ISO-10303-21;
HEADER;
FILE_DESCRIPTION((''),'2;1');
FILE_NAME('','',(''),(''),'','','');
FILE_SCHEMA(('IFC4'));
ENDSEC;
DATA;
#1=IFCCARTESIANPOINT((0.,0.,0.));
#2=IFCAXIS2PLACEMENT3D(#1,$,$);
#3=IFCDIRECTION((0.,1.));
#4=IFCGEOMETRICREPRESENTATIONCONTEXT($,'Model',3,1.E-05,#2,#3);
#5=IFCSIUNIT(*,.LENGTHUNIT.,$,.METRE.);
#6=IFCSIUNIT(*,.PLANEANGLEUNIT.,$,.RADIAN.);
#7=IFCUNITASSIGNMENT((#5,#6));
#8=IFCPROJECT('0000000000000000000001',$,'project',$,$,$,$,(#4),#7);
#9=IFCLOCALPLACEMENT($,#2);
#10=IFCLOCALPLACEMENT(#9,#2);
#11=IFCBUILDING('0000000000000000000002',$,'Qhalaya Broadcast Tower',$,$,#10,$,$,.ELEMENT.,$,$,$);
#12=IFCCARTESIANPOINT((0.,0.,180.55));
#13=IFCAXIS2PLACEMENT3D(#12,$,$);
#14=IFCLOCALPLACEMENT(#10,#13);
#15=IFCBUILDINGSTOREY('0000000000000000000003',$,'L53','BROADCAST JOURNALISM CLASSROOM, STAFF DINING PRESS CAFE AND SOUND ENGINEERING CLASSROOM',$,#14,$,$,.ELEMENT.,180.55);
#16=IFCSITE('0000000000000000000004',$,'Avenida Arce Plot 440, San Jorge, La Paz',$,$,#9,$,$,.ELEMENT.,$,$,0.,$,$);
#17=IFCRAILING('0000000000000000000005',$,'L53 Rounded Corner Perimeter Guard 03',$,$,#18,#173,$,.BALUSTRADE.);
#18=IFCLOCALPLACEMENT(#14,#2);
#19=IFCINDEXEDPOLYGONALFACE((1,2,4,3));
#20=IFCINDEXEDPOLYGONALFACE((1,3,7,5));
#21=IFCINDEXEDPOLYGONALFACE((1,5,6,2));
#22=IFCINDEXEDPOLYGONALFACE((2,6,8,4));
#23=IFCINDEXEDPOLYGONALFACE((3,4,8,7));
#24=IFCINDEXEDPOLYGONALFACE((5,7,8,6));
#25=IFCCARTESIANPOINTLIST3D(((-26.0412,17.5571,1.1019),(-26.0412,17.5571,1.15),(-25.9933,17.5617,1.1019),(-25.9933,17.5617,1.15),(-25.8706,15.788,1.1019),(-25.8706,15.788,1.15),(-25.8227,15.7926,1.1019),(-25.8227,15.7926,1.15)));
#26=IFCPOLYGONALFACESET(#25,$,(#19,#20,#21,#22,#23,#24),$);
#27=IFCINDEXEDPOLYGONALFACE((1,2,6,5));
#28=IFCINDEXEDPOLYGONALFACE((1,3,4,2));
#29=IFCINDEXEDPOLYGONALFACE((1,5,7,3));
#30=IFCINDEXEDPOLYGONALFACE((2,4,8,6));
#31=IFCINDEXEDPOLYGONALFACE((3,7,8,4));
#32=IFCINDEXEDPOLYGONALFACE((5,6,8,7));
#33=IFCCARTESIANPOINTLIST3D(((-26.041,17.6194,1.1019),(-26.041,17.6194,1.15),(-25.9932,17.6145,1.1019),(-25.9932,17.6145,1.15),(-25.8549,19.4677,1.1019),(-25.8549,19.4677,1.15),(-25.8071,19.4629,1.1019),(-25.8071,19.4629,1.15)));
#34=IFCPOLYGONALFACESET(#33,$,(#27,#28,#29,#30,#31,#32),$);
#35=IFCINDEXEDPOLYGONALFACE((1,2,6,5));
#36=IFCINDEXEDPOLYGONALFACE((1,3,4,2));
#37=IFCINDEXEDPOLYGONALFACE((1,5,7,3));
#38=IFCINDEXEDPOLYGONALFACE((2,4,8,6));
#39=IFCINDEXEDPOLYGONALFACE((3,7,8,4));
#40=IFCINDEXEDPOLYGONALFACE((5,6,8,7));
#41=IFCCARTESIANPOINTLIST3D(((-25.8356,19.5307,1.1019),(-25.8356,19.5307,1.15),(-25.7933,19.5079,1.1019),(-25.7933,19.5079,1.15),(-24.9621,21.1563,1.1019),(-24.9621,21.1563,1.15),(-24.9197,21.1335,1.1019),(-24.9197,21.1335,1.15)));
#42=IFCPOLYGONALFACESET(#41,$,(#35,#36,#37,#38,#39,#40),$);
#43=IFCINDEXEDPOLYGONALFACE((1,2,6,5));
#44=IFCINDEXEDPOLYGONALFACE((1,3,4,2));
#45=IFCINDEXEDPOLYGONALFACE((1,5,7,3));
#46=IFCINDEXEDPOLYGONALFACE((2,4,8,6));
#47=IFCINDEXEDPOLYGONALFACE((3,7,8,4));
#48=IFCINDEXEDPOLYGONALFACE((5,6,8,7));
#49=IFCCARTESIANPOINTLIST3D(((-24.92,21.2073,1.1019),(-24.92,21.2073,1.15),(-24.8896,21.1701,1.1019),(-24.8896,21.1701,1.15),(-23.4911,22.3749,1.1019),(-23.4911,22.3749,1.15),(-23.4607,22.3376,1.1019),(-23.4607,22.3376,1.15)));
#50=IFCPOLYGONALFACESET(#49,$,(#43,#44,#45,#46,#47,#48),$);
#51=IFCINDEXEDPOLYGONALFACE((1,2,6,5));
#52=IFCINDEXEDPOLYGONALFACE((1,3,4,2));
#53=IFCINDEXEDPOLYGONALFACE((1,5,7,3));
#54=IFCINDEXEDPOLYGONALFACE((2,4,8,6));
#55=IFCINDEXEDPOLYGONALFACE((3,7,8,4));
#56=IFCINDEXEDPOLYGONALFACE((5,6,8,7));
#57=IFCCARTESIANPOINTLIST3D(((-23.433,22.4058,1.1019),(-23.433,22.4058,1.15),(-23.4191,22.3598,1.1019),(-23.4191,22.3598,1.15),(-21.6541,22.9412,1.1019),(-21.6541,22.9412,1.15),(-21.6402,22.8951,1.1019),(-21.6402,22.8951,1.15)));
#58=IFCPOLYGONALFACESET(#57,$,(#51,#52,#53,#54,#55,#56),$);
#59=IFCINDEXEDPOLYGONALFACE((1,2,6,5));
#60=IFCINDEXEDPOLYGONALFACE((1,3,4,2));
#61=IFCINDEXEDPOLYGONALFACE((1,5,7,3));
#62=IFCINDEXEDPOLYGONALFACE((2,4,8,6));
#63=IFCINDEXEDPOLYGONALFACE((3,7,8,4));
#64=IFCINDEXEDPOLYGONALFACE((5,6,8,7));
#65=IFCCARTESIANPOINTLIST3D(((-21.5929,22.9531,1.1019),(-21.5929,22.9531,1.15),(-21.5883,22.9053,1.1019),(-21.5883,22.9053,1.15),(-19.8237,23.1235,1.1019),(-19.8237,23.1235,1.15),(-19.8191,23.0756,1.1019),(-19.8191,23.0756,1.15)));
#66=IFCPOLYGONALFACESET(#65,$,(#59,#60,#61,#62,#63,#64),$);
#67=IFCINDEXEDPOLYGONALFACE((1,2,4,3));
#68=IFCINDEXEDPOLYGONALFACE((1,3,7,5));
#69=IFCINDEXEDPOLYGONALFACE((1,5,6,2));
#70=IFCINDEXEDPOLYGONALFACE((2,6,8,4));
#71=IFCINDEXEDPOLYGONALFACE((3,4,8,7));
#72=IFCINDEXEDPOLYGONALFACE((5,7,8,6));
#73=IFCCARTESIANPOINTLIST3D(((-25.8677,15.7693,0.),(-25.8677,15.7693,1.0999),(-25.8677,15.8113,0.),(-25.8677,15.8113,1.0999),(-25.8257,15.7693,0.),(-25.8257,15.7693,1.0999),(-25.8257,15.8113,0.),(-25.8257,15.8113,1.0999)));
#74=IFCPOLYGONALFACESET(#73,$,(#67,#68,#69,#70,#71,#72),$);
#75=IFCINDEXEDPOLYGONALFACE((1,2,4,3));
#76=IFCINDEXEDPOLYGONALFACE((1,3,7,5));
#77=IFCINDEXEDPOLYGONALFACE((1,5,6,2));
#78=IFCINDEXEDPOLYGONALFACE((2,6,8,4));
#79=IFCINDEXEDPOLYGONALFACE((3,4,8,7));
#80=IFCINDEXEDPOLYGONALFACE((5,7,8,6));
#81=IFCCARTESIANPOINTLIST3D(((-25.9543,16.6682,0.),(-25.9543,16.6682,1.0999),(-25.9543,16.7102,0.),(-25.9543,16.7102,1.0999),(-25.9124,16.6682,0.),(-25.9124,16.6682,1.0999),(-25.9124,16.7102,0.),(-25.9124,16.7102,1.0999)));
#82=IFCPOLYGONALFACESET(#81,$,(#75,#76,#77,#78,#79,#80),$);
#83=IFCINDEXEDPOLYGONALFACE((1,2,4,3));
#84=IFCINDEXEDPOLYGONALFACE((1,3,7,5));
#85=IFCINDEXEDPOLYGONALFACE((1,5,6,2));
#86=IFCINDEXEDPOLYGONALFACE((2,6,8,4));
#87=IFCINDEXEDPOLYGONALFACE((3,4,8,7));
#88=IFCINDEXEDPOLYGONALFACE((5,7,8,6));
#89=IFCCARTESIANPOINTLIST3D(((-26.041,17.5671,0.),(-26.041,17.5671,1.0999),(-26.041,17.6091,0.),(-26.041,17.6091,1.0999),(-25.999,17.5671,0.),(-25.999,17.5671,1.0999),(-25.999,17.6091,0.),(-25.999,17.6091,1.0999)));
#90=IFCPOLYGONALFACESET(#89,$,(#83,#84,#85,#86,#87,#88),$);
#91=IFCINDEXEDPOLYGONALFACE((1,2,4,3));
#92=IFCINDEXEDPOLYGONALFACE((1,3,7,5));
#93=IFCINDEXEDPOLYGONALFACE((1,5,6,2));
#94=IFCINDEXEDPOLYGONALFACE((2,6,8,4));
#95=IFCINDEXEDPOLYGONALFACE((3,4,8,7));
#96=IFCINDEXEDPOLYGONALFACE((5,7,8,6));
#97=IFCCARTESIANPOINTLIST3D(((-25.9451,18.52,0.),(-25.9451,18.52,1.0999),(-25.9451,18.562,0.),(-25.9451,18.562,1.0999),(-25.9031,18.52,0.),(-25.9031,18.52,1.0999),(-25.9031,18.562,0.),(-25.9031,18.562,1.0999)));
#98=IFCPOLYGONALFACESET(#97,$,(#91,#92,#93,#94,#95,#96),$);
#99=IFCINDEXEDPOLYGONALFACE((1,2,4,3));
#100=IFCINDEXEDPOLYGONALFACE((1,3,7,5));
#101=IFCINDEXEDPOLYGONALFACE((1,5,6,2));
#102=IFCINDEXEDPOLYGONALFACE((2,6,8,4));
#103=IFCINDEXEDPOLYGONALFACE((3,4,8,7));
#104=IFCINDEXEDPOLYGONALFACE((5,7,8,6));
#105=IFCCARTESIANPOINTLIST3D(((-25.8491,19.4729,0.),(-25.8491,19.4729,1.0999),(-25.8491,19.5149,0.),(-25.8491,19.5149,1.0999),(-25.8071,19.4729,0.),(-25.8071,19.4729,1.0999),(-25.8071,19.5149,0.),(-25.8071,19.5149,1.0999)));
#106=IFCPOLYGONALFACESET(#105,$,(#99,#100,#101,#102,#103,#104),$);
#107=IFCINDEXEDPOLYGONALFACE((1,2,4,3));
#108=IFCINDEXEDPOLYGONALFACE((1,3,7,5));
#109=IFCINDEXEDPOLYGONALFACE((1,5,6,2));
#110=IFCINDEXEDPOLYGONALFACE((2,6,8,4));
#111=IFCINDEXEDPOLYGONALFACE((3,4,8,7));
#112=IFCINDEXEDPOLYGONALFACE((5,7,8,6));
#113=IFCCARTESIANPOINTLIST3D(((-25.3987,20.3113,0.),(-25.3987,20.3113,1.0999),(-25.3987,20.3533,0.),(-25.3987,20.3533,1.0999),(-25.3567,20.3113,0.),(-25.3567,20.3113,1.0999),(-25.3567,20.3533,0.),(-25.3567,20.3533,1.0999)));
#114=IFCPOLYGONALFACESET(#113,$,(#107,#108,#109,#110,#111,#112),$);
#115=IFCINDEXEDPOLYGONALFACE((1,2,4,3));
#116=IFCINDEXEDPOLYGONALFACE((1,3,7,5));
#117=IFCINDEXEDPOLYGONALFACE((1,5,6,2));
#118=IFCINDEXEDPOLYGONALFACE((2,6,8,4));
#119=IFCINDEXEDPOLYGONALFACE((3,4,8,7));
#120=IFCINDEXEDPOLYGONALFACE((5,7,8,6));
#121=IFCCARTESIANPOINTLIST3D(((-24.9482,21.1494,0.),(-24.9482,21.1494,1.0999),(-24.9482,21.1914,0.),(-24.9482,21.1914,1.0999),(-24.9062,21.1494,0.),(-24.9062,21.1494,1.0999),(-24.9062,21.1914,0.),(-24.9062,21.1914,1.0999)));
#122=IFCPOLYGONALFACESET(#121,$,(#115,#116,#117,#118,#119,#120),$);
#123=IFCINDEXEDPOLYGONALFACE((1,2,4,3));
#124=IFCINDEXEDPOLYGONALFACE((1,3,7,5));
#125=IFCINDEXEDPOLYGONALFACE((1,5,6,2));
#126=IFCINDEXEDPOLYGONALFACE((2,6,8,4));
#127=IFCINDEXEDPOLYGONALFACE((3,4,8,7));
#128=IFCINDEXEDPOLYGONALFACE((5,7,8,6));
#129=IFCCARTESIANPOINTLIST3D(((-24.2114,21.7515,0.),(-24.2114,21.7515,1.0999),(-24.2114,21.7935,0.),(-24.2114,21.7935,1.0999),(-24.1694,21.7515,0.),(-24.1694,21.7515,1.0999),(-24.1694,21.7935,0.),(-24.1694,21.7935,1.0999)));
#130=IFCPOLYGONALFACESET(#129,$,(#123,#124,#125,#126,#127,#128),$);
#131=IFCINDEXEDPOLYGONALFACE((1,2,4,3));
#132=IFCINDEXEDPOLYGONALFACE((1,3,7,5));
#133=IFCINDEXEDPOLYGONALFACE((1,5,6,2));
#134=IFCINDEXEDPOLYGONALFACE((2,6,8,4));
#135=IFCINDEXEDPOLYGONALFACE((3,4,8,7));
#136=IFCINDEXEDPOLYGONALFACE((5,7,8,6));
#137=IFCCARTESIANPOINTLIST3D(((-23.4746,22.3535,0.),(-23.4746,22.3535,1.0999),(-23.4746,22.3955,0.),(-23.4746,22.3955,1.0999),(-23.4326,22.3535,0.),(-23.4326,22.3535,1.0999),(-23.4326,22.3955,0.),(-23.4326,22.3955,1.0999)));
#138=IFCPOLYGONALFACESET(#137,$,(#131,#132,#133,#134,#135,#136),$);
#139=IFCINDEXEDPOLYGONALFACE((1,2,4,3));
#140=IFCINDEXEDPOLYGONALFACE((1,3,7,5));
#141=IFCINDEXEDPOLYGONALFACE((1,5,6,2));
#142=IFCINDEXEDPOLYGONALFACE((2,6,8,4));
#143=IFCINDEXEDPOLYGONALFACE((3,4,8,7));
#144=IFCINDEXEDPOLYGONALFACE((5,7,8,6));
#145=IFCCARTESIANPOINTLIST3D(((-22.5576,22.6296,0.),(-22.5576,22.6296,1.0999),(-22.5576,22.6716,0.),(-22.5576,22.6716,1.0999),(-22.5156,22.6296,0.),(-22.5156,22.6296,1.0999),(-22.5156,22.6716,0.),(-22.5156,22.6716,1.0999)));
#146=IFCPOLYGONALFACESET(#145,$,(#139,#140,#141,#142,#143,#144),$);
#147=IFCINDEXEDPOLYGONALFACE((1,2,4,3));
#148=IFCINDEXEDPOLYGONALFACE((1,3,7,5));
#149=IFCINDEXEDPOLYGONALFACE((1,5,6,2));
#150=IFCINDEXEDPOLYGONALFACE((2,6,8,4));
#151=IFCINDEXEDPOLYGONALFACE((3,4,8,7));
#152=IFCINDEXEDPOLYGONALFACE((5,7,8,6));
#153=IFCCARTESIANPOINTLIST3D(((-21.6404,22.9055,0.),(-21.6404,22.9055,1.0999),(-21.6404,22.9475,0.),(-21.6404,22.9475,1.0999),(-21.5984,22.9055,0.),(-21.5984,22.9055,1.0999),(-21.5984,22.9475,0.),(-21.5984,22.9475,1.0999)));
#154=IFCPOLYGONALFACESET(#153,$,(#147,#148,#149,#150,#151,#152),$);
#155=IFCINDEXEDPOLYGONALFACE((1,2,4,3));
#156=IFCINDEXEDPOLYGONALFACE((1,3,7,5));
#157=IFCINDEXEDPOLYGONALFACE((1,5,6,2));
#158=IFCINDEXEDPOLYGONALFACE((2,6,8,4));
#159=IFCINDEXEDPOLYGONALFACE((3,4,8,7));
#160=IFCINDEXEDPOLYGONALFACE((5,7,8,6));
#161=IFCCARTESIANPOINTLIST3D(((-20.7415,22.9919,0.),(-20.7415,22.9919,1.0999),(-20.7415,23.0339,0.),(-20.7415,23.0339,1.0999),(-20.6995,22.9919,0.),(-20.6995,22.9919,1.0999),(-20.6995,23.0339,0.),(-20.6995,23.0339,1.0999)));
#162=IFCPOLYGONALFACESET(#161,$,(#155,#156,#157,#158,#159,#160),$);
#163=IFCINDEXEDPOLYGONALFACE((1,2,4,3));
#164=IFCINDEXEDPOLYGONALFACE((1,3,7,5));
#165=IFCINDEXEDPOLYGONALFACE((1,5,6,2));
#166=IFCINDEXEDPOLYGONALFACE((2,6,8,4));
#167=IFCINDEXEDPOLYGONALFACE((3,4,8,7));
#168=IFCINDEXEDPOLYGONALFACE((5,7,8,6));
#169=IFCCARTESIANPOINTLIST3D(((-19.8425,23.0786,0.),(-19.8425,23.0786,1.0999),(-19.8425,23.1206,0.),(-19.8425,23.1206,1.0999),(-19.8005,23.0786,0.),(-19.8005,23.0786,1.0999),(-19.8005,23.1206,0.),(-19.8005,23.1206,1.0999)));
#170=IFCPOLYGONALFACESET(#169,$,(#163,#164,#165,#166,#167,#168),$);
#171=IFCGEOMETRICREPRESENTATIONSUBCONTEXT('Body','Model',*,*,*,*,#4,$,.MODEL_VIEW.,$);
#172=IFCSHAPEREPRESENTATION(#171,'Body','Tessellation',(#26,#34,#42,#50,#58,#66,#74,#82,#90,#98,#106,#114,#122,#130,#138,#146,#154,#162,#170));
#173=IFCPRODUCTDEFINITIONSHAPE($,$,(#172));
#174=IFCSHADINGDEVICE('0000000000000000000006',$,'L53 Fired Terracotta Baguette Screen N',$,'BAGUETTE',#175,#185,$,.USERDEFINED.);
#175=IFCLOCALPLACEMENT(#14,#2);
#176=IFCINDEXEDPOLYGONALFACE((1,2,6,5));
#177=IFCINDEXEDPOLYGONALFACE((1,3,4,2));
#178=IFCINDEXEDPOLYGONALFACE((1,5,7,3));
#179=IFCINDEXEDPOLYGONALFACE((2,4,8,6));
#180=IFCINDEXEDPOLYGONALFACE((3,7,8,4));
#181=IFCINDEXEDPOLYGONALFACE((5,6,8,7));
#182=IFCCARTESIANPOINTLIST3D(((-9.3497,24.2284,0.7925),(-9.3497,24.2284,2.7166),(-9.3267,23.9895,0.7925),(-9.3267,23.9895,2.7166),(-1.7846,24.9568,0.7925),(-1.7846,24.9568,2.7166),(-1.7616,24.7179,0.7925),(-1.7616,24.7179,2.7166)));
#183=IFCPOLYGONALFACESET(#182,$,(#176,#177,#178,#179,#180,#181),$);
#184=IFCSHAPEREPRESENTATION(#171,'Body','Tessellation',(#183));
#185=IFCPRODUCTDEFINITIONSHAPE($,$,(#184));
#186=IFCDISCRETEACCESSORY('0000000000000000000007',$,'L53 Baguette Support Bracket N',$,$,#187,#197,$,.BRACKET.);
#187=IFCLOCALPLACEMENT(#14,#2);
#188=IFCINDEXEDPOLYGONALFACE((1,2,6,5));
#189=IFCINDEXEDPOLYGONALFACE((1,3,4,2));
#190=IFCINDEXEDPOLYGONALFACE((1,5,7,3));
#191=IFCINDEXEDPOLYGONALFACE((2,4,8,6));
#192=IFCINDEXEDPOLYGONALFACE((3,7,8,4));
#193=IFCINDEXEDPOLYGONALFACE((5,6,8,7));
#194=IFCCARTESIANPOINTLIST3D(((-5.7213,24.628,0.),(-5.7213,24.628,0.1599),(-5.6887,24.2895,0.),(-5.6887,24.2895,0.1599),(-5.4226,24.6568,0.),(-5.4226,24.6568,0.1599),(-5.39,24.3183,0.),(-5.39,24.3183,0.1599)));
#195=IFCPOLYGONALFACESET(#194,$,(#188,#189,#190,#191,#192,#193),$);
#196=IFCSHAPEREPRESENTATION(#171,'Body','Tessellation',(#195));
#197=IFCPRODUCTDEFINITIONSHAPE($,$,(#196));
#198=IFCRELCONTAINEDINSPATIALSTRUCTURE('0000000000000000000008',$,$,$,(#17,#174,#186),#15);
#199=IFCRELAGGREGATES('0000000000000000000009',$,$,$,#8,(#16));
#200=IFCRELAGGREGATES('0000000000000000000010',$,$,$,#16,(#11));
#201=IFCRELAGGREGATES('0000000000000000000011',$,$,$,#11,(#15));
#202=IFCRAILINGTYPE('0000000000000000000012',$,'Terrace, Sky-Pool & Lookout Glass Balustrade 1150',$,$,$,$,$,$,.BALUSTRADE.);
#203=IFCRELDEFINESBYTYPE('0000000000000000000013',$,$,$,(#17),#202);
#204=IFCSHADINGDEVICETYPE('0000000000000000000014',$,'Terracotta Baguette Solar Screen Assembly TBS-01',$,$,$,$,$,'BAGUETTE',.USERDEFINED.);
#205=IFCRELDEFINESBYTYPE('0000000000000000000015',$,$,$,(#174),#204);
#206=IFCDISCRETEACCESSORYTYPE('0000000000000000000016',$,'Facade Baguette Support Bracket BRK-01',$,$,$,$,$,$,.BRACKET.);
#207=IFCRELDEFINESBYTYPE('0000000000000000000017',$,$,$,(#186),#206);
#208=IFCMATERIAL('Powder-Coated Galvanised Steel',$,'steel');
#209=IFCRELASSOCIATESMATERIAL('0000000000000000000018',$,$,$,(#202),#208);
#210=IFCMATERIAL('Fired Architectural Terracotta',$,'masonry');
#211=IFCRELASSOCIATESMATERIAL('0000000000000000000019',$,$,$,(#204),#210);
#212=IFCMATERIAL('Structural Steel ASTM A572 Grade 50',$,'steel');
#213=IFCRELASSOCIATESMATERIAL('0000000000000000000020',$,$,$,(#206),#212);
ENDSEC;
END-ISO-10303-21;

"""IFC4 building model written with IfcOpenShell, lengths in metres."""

from ifc_helpers import new_model, si_unit, direction, frame, origin, origin_2d, place, context, subcontext, project, spatial, rectangle, extrude, material, type_object, element, save


model = new_model("IFC4")

# Units and contexts
model_context = context("Model", 3, precision=1e-05, world=origin(), true_north=direction((0.0, 1.0)))
body_context = subcontext(model_context, "Body", "Model", "MODEL_VIEW")
ifc_project = project(units=[si_unit("LENGTHUNIT", "METRE"), si_unit("PLANEANGLEUNIT", "RADIAN")], contexts=[model_context])

# Site, building, storey
site_placement = place(None, origin())
site = spatial("IfcSite", under=ifc_project, at=site_placement, Name="Avenida Arce Plot 440, San Jorge, La Paz", CompositionType="ELEMENT", RefElevation=0.0)
building_placement = place(site_placement, origin())
building = spatial("IfcBuilding", under=site, at=building_placement, Name="Qhalaya Broadcast Tower", CompositionType="ELEMENT")
storey_placement = place(building_placement, frame((0.0, 0.0, 180.55)))
storey = spatial("IfcBuildingStorey", under=building, at=storey_placement, Name="L53", Description="BROADCAST JOURNALISM CLASSROOM, STAFF DINING PRESS CAFE AND SOUND ENGINEERING CLASSROOM", CompositionType="ELEMENT", Elevation=180.55)

# Shared definitions
ifc_material_1 = material(Name="Structural Steel ASTM A572 Grade 50", Category="steel")

# Railing
ifc_material_2 = material(Name="Powder-Coated Galvanised Steel", Category="steel")
railing_type = type_object("IfcRailingType", Name="Terrace, Sky-Pool & Lookout Glass Balustrade 1150", PredefinedType="BALUSTRADE", material=ifc_material_2)
railing_placement = place(storey_placement, frame((-25.8467, 15.7903, 0.0)))
element("IfcRailing", 1, at=railing_placement, inside=storey, type_object=railing_type, Name="L53 Rounded Corner Perimeter Guard 03", PredefinedType="BALUSTRADE", context=body_context, shape_type="SweptSolid", body=[
    extrude(rectangle(XDim=0.0481, YDim=0.0481, at=origin_2d()), frame((0.0, 0.0, 1.126), z_axis=(-0.09597, 0.995384, 0.0), x_axis=(-0.995384, -0.09597, 0.0)), (0.0, 0.0, 1.0), 1.7773),
    extrude(rectangle(XDim=0.0481, YDim=0.0481, at=origin_2d()), frame((-0.1704, 1.8267, 1.126), z_axis=(0.100185, 0.994969, 0.0), x_axis=(-0.994969, 0.100185, 0.0)), (0.0, 0.0, 1.0), 1.8577),
    extrude(rectangle(XDim=0.0481, YDim=0.0481, at=origin_2d()), frame((0.0322, 3.729, 1.126), z_axis=(0.473342, 0.880879, 0.0), x_axis=(-0.880879, 0.473342, 0.0)), (0.0, 0.0, 1.0), 1.8455),
    extrude(rectangle(XDim=0.0481, YDim=0.0481, at=origin_2d()), frame((0.9419, 5.3984, 1.126), z_axis=(0.774369, 0.632735, 0.0), x_axis=(-0.632735, 0.774369, 0.0)), (0.0, 0.0, 1.0), 1.8452),
    extrude(rectangle(XDim=0.0481, YDim=0.0481, at=origin_2d()), frame((2.4207, 6.5925, 1.126), z_axis=(0.957577, 0.288178, 0.0), x_axis=(-0.288178, 0.957577, 0.0)), (0.0, 0.0, 1.0), 1.8577),
    extrude(rectangle(XDim=0.0481, YDim=0.0481, at=origin_2d()), frame((4.2561, 7.1389, 1.126), z_axis=(0.995397, 0.095836, 0.0), x_axis=(-0.095836, 0.995397, 0.0)), (0.0, 0.0, 1.0), 1.7773),
    extrude(rectangle(XDim=0.042, YDim=0.042, at=origin_2d()), origin(), (0.0, 0.0, 1.0), 1.0999),
    extrude(rectangle(XDim=0.042, YDim=0.042, at=origin_2d()), frame((-0.0867, 0.8989, 0.0)), (0.0, 0.0, 1.0), 1.0999),
    extrude(rectangle(XDim=0.042, YDim=0.042, at=origin_2d()), frame((-0.1733, 1.7979, 0.0)), (0.0, 0.0, 1.0), 1.0999),
    extrude(rectangle(XDim=0.042, YDim=0.042, at=origin_2d()), frame((-0.0774, 2.7507, 0.0)), (0.0, 0.0, 1.0), 1.0999),
    extrude(rectangle(XDim=0.042, YDim=0.042, at=origin_2d()), frame((0.0186, 3.7036, 0.0)), (0.0, 0.0, 1.0), 1.0999),
    extrude(rectangle(XDim=0.042, YDim=0.042, at=origin_2d()), frame((0.469, 4.542, 0.0)), (0.0, 0.0, 1.0), 1.0999),
    extrude(rectangle(XDim=0.042, YDim=0.042, at=origin_2d()), frame((0.9194, 5.3801, 0.0)), (0.0, 0.0, 1.0), 1.0999),
    extrude(rectangle(XDim=0.042, YDim=0.042, at=origin_2d()), frame((1.6562, 5.9822, 0.0)), (0.0, 0.0, 1.0), 1.0999),
    extrude(rectangle(XDim=0.042, YDim=0.042, at=origin_2d()), frame((2.3931, 6.5842, 0.0)), (0.0, 0.0, 1.0), 1.0999),
    extrude(rectangle(XDim=0.042, YDim=0.042, at=origin_2d()), frame((3.3101, 6.8604, 0.0)), (0.0, 0.0, 1.0), 1.0999),
    extrude(rectangle(XDim=0.042, YDim=0.042, at=origin_2d()), frame((4.2273, 7.1362, 0.0)), (0.0, 0.0, 1.0), 1.0999),
    extrude(rectangle(XDim=0.042, YDim=0.042, at=origin_2d()), frame((5.1262, 7.2227, 0.0)), (0.0, 0.0, 1.0), 1.0999),
    extrude(rectangle(XDim=0.042, YDim=0.042, at=origin_2d()), frame((6.0251, 7.3093, 0.0)), (0.0, 0.0, 1.0), 1.0999),
])

# Shading device
ifc_material_3 = material(Name="Fired Architectural Terracotta", Category="masonry")
shading_device_type = type_object("IfcShadingDeviceType", Name="Terracotta Baguette Solar Screen Assembly TBS-01", ElementType="BAGUETTE", PredefinedType="USERDEFINED", material=ifc_material_3)
shading_device_placement = place(storey_placement, frame((-5.5557, 24.4731, 0.7925), z_axis=(0.0, 0.0, 1.0), x_axis=(-0.995396, -0.095846, 0.0)))
element("IfcShadingDevice", 2, at=shading_device_placement, inside=storey, type_object=shading_device_type, Name="L53 Fired Terracotta Baguette Screen N", ObjectType="BAGUETTE", PredefinedType="USERDEFINED", context=body_context, shape_type="SweptSolid", body=[
    extrude(rectangle(XDim=7.6001, YDim=0.24, at=origin_2d()), origin(), (0.0, 0.0, 1.0), 1.9241),
])

# Discrete accessory
discrete_accessory_type = type_object("IfcDiscreteAccessoryType", Name="Facade Baguette Support Bracket BRK-01", PredefinedType="BRACKET", material=ifc_material_1)
discrete_accessory_placement = place(storey_placement, frame((-5.5557, 24.4731, 0.0), z_axis=(0.0, 0.0, 1.0), x_axis=(-0.995396, -0.095846, 0.0)))
element("IfcDiscreteAccessory", 3, at=discrete_accessory_placement, inside=storey, type_object=discrete_accessory_type, Name="L53 Baguette Support Bracket N", PredefinedType="BRACKET", context=body_context, shape_type="SweptSolid", body=[
    extrude(rectangle(XDim=0.3, YDim=0.3401, at=origin_2d()), origin(), (0.0, 0.0, 1.0), 0.1599),
])

save(model, "model.ifc")
